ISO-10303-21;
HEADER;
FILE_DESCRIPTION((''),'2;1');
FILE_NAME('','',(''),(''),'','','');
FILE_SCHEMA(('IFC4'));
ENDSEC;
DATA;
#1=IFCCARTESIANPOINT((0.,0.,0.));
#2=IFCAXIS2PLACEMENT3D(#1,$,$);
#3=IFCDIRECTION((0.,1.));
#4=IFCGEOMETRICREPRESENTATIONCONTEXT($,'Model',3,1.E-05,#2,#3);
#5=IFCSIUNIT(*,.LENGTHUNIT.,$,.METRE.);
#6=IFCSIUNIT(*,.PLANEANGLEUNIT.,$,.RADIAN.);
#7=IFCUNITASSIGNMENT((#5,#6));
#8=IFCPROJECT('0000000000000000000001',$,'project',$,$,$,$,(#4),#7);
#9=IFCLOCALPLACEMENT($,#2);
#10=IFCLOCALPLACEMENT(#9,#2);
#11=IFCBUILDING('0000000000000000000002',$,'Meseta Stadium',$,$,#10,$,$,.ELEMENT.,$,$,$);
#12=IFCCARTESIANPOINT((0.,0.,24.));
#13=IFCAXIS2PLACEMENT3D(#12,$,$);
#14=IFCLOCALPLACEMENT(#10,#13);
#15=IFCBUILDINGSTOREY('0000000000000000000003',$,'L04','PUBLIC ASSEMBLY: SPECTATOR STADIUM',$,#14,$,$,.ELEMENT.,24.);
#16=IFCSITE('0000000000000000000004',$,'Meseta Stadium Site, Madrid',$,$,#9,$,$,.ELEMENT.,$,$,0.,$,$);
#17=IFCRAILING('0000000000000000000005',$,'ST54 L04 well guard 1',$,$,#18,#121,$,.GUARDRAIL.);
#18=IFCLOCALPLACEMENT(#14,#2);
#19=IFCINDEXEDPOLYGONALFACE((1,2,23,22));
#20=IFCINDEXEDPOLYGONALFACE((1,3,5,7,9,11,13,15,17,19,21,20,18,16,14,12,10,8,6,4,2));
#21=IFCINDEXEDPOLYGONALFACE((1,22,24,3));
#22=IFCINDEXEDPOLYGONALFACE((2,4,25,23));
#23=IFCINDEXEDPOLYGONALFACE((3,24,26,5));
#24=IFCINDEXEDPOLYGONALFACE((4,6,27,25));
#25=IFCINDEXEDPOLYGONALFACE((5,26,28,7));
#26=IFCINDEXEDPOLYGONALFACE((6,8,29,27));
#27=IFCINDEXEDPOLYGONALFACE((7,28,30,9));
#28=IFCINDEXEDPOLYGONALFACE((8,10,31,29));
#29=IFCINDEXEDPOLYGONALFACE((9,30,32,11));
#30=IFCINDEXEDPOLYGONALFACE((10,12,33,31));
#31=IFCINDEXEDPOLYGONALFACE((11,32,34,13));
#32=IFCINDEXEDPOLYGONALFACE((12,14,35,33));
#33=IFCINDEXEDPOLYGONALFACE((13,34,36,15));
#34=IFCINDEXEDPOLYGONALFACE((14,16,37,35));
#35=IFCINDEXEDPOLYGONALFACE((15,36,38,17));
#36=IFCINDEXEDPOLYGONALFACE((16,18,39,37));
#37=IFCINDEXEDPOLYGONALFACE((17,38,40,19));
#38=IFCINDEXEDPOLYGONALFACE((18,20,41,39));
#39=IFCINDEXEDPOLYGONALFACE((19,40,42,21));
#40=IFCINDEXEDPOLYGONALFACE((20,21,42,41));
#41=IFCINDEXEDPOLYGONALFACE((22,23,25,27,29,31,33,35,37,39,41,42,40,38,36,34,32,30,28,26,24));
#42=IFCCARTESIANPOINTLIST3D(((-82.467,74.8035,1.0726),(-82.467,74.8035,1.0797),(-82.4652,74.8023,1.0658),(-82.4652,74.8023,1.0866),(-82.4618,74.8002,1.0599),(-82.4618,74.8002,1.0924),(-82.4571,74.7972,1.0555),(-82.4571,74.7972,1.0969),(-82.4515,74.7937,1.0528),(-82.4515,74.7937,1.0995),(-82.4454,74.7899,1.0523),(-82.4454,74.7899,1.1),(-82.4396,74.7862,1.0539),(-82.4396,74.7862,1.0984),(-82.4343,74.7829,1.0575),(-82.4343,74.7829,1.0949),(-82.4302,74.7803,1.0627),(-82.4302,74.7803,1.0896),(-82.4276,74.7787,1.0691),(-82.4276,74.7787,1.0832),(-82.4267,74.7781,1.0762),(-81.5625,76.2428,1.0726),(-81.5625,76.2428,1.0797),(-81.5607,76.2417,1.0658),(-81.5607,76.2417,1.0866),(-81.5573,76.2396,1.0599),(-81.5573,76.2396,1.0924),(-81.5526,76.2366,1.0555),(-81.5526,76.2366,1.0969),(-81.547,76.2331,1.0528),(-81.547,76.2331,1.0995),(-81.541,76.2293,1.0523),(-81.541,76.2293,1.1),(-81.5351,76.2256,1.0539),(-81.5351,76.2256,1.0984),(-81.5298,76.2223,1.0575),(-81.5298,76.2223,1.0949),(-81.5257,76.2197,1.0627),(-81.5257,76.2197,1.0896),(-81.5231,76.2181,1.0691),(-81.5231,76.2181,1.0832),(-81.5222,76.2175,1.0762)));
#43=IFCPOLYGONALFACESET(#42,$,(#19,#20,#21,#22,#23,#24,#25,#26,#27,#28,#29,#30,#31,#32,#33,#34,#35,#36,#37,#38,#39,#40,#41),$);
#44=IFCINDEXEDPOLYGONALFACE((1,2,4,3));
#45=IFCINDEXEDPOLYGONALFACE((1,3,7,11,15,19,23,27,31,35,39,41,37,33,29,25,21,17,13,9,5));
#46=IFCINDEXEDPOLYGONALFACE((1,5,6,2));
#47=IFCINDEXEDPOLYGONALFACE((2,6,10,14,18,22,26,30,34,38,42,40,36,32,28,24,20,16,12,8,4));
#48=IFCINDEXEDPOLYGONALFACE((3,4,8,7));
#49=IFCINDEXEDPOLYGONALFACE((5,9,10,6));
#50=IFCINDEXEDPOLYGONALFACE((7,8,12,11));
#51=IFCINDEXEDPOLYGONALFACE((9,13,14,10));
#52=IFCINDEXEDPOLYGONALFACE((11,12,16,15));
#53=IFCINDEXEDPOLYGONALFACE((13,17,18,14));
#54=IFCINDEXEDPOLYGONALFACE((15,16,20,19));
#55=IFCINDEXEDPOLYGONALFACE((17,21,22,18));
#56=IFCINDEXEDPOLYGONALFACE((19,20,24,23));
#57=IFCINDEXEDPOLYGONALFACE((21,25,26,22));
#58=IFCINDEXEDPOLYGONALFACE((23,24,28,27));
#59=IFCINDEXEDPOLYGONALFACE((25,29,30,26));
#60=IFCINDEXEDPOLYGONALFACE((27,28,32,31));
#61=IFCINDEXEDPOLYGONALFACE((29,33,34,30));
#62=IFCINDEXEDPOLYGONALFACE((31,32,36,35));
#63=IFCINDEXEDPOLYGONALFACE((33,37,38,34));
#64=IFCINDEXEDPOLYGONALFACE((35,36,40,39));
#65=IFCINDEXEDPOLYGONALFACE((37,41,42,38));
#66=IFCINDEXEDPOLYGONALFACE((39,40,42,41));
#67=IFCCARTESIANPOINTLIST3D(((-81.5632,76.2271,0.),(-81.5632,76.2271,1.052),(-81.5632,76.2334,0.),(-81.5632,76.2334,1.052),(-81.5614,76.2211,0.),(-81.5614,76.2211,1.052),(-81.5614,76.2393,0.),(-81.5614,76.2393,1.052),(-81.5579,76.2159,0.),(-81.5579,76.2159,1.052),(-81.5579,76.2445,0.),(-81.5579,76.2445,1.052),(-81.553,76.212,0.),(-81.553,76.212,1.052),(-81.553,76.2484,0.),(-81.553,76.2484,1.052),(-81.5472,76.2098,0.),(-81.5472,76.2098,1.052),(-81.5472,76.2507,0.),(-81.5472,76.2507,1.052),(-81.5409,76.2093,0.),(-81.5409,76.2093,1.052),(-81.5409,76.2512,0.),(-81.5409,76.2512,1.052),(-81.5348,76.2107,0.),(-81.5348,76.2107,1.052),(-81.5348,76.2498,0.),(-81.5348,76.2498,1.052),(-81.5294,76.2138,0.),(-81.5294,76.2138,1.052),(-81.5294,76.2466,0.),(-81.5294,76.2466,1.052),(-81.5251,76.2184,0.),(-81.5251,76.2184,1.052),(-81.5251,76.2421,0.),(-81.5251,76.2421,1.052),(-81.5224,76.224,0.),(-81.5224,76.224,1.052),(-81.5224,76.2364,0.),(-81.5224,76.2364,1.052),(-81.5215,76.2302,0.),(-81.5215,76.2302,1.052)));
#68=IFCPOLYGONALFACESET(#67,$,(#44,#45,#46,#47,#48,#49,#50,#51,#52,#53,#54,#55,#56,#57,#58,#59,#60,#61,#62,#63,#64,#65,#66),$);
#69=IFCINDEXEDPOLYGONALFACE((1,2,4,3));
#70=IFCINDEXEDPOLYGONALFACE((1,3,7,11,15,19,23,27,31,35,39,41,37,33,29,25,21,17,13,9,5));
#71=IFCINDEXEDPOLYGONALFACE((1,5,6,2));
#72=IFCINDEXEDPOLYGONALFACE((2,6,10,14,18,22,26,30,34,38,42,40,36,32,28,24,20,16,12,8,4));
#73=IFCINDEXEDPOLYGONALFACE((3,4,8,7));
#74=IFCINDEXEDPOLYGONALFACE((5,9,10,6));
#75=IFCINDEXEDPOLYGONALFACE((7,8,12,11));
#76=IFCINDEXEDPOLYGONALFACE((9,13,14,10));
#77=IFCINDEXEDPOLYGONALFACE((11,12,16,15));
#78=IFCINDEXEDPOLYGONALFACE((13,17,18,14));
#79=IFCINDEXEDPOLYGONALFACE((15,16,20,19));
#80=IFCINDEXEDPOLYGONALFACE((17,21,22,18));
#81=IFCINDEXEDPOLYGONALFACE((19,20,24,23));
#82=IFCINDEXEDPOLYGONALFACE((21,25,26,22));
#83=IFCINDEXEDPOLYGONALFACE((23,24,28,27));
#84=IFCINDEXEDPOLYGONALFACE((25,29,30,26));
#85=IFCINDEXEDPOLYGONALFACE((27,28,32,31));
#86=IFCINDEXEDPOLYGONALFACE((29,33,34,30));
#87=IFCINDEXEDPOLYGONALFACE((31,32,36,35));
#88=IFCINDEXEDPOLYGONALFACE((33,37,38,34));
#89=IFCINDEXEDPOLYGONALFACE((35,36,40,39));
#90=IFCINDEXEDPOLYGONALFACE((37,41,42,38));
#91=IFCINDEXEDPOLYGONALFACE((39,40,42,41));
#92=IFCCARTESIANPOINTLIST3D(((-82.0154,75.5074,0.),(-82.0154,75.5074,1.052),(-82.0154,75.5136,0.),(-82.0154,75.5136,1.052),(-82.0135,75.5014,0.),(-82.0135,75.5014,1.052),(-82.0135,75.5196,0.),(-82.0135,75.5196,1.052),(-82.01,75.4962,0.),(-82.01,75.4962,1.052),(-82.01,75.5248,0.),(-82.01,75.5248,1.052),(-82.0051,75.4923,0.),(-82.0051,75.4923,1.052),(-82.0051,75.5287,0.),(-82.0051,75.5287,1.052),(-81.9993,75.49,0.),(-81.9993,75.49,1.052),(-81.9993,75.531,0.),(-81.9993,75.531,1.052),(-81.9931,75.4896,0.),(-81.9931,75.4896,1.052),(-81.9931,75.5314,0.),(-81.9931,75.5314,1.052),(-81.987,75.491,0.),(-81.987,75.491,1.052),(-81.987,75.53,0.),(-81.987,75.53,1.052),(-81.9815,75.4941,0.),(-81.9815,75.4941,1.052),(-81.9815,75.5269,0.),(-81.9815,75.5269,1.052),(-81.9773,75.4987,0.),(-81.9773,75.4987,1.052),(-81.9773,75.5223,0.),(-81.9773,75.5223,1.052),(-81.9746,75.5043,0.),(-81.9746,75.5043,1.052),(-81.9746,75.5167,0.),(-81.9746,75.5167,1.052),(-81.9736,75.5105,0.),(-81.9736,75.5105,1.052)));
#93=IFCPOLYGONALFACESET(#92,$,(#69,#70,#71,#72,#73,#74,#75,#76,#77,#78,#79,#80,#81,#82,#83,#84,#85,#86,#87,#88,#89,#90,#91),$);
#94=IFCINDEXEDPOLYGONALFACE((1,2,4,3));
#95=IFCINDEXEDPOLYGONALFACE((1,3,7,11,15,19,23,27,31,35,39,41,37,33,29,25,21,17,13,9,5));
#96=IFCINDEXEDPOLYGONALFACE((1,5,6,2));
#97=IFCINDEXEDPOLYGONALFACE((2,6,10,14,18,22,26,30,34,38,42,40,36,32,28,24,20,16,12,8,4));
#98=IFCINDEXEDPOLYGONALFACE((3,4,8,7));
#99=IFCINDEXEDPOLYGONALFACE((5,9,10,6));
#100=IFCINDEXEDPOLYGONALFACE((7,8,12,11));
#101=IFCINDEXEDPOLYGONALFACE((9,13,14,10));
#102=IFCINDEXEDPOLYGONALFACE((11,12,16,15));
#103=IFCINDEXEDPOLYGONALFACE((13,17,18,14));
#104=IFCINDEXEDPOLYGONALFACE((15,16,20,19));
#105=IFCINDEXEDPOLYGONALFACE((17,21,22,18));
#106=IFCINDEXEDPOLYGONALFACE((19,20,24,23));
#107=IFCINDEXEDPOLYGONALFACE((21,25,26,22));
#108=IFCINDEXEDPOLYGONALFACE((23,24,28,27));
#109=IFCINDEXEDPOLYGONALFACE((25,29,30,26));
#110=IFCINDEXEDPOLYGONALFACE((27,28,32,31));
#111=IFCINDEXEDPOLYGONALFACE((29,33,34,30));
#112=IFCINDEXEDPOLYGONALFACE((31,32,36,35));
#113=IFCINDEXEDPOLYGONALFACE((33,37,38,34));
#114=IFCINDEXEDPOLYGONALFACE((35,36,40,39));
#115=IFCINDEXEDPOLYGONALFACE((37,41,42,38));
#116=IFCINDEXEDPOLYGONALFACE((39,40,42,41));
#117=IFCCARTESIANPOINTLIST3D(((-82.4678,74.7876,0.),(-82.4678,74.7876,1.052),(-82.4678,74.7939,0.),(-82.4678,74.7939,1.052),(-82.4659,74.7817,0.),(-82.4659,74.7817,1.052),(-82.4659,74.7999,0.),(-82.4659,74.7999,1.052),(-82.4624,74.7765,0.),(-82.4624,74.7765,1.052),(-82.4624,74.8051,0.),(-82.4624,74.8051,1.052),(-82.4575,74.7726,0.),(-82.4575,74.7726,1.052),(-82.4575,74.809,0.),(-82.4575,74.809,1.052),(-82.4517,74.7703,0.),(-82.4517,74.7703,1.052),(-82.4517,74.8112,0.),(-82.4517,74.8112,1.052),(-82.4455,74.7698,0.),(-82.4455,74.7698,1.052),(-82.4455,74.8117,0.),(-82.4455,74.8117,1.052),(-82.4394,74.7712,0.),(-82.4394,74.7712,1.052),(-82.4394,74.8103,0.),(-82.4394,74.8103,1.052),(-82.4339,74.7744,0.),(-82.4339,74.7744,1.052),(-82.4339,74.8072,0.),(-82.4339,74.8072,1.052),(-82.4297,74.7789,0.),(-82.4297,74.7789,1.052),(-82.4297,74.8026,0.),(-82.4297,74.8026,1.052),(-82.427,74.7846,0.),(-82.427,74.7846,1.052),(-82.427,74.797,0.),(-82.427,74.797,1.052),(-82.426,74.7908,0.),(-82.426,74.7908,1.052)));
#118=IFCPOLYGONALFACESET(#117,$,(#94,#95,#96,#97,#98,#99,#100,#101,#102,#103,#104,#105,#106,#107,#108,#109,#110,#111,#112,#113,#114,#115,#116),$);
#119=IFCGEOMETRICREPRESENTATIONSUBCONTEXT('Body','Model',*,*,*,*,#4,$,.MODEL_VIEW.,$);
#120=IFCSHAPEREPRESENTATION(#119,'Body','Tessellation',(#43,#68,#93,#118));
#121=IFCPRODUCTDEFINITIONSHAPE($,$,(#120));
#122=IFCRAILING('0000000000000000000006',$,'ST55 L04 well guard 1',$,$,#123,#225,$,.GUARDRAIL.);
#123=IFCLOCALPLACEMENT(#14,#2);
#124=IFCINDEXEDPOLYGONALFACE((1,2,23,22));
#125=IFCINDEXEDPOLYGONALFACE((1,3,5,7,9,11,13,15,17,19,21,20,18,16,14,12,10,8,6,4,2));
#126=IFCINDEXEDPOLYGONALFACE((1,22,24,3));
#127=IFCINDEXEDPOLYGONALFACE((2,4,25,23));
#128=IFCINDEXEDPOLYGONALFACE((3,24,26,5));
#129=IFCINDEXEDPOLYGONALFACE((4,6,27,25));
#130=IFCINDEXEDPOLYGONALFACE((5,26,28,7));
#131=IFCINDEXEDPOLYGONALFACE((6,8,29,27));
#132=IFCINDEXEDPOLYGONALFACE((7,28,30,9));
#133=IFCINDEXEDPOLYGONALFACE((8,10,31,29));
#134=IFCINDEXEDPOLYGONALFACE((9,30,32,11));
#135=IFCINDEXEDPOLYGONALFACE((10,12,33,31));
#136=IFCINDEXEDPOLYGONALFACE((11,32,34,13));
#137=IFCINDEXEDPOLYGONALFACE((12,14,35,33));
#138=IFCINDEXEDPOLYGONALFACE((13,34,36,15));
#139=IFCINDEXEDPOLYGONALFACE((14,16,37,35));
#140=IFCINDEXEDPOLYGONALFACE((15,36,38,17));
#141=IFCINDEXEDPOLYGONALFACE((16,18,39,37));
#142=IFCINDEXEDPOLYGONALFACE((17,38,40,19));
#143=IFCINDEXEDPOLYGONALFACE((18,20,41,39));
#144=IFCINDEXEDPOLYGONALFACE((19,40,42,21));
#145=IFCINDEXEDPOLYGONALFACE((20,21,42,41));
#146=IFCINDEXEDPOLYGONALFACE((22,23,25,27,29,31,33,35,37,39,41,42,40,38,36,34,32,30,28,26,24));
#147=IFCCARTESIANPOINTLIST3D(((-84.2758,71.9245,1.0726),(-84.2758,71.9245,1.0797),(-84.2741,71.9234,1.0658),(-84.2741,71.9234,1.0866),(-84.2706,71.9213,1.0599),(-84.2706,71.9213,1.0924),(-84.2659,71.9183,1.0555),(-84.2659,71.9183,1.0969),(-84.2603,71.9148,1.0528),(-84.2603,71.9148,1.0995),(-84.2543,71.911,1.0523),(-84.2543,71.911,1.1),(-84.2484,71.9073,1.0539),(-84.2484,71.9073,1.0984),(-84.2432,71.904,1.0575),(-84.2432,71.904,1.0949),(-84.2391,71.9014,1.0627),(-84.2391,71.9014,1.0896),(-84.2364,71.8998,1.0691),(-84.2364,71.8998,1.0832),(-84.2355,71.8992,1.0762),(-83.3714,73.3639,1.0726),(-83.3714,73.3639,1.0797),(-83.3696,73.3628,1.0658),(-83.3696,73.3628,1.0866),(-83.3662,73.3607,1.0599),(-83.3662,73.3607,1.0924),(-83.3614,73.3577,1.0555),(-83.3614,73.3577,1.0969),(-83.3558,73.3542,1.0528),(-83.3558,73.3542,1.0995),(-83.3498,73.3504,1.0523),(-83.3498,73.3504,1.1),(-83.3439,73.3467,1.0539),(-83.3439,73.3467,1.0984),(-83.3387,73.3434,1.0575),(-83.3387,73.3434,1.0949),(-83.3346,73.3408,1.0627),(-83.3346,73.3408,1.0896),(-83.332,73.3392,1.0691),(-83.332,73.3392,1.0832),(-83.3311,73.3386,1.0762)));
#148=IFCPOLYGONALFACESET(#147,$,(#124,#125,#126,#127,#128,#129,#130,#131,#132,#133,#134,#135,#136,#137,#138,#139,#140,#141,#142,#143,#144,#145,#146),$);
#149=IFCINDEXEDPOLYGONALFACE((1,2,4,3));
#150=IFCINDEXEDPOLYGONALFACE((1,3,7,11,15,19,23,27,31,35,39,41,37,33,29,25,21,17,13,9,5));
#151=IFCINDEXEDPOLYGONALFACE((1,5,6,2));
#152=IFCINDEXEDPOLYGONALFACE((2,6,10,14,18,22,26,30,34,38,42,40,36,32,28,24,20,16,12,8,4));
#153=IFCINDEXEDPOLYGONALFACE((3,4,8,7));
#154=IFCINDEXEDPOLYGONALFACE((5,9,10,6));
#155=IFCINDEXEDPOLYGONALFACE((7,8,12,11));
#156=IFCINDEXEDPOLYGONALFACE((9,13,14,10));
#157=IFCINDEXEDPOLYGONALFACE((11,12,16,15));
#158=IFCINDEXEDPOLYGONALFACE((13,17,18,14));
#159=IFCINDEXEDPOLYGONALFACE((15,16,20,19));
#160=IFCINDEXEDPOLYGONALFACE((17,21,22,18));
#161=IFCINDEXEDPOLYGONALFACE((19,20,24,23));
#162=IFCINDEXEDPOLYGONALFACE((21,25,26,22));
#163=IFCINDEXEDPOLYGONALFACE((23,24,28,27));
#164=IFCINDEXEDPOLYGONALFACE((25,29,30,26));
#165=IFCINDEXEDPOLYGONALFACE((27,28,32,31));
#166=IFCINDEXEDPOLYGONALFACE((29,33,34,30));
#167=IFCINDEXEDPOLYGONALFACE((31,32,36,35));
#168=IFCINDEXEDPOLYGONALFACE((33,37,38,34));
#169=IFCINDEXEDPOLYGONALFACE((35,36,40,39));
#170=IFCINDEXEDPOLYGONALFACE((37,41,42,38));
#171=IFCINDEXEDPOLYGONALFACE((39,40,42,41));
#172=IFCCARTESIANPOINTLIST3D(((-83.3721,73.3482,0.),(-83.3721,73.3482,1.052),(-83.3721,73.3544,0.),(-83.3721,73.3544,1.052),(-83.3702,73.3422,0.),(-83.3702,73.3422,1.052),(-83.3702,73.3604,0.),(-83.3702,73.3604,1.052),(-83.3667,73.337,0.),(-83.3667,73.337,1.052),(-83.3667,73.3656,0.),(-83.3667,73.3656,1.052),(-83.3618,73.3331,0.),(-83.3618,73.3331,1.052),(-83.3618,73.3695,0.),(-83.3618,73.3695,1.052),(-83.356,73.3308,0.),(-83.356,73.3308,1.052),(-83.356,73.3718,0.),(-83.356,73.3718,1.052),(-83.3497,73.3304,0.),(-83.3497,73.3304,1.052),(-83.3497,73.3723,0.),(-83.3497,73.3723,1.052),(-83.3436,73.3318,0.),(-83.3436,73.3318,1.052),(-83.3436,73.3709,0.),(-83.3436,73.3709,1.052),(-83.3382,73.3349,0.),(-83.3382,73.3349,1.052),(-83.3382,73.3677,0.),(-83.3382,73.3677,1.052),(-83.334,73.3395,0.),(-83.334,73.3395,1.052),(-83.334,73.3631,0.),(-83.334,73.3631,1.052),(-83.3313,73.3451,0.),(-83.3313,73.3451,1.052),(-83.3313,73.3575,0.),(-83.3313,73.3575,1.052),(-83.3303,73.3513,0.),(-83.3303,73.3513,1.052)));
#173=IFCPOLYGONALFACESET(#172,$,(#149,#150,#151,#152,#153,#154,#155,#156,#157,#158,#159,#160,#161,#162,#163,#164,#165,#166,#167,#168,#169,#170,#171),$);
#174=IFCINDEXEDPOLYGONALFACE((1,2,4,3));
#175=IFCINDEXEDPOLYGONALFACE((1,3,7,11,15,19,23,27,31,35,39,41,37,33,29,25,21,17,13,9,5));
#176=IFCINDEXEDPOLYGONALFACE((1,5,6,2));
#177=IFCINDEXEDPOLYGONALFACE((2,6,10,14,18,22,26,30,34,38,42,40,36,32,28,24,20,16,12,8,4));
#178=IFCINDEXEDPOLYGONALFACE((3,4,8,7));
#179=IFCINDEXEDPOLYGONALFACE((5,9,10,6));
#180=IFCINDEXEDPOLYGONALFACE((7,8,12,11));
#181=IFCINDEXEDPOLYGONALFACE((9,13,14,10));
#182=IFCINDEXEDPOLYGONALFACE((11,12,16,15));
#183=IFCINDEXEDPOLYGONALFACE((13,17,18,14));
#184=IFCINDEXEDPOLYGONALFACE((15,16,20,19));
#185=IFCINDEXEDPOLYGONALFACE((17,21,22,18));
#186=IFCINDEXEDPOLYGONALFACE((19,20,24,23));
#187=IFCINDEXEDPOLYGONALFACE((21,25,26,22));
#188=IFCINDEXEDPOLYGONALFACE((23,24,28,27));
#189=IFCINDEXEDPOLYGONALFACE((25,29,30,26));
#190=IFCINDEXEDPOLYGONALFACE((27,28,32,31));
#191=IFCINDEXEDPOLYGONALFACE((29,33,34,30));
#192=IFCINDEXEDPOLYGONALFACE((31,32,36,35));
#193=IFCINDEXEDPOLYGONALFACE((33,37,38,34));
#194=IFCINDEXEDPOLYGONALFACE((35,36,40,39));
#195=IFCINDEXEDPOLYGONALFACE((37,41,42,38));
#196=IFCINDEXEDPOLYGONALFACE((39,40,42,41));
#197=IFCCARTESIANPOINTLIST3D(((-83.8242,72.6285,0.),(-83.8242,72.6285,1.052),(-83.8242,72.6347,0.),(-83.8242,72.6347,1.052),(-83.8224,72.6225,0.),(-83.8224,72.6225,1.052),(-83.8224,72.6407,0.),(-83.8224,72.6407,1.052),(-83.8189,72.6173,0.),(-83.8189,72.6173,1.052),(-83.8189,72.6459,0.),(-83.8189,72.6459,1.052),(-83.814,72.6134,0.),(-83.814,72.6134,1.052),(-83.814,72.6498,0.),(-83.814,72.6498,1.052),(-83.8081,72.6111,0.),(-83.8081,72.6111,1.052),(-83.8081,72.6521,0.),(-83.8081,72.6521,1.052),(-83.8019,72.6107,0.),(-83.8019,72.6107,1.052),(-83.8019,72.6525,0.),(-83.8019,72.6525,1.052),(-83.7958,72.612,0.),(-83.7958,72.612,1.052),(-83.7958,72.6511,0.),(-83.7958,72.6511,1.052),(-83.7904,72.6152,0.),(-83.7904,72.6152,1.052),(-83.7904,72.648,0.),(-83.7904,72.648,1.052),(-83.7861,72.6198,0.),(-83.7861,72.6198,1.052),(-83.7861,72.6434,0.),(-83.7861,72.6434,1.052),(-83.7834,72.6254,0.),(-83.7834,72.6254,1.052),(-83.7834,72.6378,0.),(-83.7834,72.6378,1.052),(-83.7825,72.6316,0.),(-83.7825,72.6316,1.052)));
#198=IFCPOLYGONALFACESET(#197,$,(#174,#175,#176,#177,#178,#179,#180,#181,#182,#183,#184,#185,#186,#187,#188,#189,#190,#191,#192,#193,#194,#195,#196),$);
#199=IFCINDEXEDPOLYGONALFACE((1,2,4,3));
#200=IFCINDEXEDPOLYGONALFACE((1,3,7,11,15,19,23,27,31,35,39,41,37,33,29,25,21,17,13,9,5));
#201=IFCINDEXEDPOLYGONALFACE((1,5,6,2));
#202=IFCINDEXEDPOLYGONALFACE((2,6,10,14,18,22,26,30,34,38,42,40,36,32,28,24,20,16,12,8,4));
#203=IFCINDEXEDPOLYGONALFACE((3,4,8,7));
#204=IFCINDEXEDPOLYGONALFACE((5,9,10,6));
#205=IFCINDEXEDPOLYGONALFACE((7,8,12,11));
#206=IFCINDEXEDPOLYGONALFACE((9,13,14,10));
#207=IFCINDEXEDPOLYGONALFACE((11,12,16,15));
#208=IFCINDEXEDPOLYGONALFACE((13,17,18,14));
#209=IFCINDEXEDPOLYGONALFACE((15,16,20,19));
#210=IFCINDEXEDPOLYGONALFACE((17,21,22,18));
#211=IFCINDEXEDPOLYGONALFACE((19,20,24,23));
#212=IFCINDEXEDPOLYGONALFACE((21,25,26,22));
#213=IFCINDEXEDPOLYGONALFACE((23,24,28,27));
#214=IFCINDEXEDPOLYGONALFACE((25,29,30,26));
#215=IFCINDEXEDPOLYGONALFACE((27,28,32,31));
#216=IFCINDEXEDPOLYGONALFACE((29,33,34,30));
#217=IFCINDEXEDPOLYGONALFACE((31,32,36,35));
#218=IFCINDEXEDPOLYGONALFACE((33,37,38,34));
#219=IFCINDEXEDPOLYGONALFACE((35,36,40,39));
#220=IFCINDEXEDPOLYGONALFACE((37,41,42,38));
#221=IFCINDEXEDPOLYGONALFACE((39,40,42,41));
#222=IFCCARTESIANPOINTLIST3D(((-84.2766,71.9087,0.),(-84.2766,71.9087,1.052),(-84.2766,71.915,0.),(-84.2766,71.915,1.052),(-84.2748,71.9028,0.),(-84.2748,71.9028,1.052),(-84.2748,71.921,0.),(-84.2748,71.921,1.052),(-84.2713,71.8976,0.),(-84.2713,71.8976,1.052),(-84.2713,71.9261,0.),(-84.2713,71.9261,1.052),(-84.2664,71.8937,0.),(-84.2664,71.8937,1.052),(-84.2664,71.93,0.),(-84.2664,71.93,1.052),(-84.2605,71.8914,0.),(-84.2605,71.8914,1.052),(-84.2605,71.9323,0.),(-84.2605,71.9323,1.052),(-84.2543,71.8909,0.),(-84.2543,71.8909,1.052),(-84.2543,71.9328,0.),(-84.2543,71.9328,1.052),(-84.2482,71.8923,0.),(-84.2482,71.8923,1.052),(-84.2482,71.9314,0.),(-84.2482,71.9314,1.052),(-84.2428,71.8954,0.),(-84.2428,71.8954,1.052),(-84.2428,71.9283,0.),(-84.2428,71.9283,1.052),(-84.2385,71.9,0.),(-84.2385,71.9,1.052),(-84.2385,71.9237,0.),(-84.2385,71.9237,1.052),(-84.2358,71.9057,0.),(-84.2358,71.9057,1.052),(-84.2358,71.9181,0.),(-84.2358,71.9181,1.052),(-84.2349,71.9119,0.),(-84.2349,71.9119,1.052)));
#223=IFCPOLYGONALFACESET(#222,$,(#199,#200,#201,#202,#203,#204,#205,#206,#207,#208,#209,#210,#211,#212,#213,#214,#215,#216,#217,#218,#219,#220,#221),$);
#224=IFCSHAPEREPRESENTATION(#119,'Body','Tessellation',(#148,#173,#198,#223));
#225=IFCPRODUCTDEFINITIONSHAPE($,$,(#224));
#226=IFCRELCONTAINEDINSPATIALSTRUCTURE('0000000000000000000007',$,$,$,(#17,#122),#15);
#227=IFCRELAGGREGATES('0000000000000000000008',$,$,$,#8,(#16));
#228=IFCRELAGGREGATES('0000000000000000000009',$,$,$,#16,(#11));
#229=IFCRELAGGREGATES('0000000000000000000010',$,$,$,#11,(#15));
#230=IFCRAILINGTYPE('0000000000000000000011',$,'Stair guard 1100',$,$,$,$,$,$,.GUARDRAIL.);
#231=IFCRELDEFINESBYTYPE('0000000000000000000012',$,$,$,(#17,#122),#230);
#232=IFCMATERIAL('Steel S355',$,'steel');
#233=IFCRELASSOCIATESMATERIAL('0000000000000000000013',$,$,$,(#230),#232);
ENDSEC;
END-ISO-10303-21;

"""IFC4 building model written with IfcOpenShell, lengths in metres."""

from ifc_helpers import new_model, si_unit, direction, frame, origin, origin_2d, place, context, subcontext, project, spatial, circle, extrude, material, type_object, element, save


model = new_model("IFC4")

# Units and contexts
model_context = context("Model", 3, precision=1e-05, world=origin(), true_north=direction((0.0, 1.0)))
body_context = subcontext(model_context, "Body", "Model", "MODEL_VIEW")
ifc_project = project(units=[si_unit("LENGTHUNIT", "METRE"), si_unit("PLANEANGLEUNIT", "RADIAN")], contexts=[model_context])

# Site, building, storey
site_placement = place(None, origin())
site = spatial("IfcSite", under=ifc_project, at=site_placement, Name="Meseta Stadium Site, Madrid", CompositionType="ELEMENT", RefElevation=0.0)
building_placement = place(site_placement, origin())
building = spatial("IfcBuilding", under=site, at=building_placement, Name="Meseta Stadium", CompositionType="ELEMENT")
storey_placement = place(building_placement, frame((0.0, 0.0, 24.0)))
storey = spatial("IfcBuildingStorey", under=building, at=storey_placement, Name="L04", Description="PUBLIC ASSEMBLY: SPECTATOR STADIUM", CompositionType="ELEMENT", Elevation=24.0)

# Railings
ifc_material_1 = material(Name="Steel S355", Category="steel")
railing_type = type_object("IfcRailingType", Name="Stair guard 1100", PredefinedType="GUARDRAIL", material=ifc_material_1)
for number, where, name in (
    (1, (-81.5425, 76.2302, 0.0), "ST54 L04 well guard 1"),
    (2, (-83.3513, 73.3513, 0.0), "ST55 L04 well guard 1"),
):
    element("IfcRailing", number, at=place(storey_placement, frame(where)), inside=storey, type_object=railing_type, Name=name, PredefinedType="GUARDRAIL", context=body_context, shape_type="SweptSolid", body=[
        extrude(circle(Radius=0.0239, at=origin_2d()), frame((0.0, 0.0, 1.0762), z_axis=(-0.532063, -0.846705, 0.0), x_axis=(0.846705, -0.532063, 0.0)), (0.0, 0.0, 1.0), 1.7),
        extrude(circle(Radius=0.021, at=origin_2d()), origin(), (0.0, 0.0, 1.0), 1.052),
        extrude(circle(Radius=0.021, at=origin_2d()), frame((-0.4521, -0.7197, 0.0)), (0.0, 0.0, 1.0), 1.052),
        extrude(circle(Radius=0.021, at=origin_2d()), frame((-0.9045, -1.4395, 0.0)), (0.0, 0.0, 1.0), 1.052),
    ])

save(model, "model.ifc")
